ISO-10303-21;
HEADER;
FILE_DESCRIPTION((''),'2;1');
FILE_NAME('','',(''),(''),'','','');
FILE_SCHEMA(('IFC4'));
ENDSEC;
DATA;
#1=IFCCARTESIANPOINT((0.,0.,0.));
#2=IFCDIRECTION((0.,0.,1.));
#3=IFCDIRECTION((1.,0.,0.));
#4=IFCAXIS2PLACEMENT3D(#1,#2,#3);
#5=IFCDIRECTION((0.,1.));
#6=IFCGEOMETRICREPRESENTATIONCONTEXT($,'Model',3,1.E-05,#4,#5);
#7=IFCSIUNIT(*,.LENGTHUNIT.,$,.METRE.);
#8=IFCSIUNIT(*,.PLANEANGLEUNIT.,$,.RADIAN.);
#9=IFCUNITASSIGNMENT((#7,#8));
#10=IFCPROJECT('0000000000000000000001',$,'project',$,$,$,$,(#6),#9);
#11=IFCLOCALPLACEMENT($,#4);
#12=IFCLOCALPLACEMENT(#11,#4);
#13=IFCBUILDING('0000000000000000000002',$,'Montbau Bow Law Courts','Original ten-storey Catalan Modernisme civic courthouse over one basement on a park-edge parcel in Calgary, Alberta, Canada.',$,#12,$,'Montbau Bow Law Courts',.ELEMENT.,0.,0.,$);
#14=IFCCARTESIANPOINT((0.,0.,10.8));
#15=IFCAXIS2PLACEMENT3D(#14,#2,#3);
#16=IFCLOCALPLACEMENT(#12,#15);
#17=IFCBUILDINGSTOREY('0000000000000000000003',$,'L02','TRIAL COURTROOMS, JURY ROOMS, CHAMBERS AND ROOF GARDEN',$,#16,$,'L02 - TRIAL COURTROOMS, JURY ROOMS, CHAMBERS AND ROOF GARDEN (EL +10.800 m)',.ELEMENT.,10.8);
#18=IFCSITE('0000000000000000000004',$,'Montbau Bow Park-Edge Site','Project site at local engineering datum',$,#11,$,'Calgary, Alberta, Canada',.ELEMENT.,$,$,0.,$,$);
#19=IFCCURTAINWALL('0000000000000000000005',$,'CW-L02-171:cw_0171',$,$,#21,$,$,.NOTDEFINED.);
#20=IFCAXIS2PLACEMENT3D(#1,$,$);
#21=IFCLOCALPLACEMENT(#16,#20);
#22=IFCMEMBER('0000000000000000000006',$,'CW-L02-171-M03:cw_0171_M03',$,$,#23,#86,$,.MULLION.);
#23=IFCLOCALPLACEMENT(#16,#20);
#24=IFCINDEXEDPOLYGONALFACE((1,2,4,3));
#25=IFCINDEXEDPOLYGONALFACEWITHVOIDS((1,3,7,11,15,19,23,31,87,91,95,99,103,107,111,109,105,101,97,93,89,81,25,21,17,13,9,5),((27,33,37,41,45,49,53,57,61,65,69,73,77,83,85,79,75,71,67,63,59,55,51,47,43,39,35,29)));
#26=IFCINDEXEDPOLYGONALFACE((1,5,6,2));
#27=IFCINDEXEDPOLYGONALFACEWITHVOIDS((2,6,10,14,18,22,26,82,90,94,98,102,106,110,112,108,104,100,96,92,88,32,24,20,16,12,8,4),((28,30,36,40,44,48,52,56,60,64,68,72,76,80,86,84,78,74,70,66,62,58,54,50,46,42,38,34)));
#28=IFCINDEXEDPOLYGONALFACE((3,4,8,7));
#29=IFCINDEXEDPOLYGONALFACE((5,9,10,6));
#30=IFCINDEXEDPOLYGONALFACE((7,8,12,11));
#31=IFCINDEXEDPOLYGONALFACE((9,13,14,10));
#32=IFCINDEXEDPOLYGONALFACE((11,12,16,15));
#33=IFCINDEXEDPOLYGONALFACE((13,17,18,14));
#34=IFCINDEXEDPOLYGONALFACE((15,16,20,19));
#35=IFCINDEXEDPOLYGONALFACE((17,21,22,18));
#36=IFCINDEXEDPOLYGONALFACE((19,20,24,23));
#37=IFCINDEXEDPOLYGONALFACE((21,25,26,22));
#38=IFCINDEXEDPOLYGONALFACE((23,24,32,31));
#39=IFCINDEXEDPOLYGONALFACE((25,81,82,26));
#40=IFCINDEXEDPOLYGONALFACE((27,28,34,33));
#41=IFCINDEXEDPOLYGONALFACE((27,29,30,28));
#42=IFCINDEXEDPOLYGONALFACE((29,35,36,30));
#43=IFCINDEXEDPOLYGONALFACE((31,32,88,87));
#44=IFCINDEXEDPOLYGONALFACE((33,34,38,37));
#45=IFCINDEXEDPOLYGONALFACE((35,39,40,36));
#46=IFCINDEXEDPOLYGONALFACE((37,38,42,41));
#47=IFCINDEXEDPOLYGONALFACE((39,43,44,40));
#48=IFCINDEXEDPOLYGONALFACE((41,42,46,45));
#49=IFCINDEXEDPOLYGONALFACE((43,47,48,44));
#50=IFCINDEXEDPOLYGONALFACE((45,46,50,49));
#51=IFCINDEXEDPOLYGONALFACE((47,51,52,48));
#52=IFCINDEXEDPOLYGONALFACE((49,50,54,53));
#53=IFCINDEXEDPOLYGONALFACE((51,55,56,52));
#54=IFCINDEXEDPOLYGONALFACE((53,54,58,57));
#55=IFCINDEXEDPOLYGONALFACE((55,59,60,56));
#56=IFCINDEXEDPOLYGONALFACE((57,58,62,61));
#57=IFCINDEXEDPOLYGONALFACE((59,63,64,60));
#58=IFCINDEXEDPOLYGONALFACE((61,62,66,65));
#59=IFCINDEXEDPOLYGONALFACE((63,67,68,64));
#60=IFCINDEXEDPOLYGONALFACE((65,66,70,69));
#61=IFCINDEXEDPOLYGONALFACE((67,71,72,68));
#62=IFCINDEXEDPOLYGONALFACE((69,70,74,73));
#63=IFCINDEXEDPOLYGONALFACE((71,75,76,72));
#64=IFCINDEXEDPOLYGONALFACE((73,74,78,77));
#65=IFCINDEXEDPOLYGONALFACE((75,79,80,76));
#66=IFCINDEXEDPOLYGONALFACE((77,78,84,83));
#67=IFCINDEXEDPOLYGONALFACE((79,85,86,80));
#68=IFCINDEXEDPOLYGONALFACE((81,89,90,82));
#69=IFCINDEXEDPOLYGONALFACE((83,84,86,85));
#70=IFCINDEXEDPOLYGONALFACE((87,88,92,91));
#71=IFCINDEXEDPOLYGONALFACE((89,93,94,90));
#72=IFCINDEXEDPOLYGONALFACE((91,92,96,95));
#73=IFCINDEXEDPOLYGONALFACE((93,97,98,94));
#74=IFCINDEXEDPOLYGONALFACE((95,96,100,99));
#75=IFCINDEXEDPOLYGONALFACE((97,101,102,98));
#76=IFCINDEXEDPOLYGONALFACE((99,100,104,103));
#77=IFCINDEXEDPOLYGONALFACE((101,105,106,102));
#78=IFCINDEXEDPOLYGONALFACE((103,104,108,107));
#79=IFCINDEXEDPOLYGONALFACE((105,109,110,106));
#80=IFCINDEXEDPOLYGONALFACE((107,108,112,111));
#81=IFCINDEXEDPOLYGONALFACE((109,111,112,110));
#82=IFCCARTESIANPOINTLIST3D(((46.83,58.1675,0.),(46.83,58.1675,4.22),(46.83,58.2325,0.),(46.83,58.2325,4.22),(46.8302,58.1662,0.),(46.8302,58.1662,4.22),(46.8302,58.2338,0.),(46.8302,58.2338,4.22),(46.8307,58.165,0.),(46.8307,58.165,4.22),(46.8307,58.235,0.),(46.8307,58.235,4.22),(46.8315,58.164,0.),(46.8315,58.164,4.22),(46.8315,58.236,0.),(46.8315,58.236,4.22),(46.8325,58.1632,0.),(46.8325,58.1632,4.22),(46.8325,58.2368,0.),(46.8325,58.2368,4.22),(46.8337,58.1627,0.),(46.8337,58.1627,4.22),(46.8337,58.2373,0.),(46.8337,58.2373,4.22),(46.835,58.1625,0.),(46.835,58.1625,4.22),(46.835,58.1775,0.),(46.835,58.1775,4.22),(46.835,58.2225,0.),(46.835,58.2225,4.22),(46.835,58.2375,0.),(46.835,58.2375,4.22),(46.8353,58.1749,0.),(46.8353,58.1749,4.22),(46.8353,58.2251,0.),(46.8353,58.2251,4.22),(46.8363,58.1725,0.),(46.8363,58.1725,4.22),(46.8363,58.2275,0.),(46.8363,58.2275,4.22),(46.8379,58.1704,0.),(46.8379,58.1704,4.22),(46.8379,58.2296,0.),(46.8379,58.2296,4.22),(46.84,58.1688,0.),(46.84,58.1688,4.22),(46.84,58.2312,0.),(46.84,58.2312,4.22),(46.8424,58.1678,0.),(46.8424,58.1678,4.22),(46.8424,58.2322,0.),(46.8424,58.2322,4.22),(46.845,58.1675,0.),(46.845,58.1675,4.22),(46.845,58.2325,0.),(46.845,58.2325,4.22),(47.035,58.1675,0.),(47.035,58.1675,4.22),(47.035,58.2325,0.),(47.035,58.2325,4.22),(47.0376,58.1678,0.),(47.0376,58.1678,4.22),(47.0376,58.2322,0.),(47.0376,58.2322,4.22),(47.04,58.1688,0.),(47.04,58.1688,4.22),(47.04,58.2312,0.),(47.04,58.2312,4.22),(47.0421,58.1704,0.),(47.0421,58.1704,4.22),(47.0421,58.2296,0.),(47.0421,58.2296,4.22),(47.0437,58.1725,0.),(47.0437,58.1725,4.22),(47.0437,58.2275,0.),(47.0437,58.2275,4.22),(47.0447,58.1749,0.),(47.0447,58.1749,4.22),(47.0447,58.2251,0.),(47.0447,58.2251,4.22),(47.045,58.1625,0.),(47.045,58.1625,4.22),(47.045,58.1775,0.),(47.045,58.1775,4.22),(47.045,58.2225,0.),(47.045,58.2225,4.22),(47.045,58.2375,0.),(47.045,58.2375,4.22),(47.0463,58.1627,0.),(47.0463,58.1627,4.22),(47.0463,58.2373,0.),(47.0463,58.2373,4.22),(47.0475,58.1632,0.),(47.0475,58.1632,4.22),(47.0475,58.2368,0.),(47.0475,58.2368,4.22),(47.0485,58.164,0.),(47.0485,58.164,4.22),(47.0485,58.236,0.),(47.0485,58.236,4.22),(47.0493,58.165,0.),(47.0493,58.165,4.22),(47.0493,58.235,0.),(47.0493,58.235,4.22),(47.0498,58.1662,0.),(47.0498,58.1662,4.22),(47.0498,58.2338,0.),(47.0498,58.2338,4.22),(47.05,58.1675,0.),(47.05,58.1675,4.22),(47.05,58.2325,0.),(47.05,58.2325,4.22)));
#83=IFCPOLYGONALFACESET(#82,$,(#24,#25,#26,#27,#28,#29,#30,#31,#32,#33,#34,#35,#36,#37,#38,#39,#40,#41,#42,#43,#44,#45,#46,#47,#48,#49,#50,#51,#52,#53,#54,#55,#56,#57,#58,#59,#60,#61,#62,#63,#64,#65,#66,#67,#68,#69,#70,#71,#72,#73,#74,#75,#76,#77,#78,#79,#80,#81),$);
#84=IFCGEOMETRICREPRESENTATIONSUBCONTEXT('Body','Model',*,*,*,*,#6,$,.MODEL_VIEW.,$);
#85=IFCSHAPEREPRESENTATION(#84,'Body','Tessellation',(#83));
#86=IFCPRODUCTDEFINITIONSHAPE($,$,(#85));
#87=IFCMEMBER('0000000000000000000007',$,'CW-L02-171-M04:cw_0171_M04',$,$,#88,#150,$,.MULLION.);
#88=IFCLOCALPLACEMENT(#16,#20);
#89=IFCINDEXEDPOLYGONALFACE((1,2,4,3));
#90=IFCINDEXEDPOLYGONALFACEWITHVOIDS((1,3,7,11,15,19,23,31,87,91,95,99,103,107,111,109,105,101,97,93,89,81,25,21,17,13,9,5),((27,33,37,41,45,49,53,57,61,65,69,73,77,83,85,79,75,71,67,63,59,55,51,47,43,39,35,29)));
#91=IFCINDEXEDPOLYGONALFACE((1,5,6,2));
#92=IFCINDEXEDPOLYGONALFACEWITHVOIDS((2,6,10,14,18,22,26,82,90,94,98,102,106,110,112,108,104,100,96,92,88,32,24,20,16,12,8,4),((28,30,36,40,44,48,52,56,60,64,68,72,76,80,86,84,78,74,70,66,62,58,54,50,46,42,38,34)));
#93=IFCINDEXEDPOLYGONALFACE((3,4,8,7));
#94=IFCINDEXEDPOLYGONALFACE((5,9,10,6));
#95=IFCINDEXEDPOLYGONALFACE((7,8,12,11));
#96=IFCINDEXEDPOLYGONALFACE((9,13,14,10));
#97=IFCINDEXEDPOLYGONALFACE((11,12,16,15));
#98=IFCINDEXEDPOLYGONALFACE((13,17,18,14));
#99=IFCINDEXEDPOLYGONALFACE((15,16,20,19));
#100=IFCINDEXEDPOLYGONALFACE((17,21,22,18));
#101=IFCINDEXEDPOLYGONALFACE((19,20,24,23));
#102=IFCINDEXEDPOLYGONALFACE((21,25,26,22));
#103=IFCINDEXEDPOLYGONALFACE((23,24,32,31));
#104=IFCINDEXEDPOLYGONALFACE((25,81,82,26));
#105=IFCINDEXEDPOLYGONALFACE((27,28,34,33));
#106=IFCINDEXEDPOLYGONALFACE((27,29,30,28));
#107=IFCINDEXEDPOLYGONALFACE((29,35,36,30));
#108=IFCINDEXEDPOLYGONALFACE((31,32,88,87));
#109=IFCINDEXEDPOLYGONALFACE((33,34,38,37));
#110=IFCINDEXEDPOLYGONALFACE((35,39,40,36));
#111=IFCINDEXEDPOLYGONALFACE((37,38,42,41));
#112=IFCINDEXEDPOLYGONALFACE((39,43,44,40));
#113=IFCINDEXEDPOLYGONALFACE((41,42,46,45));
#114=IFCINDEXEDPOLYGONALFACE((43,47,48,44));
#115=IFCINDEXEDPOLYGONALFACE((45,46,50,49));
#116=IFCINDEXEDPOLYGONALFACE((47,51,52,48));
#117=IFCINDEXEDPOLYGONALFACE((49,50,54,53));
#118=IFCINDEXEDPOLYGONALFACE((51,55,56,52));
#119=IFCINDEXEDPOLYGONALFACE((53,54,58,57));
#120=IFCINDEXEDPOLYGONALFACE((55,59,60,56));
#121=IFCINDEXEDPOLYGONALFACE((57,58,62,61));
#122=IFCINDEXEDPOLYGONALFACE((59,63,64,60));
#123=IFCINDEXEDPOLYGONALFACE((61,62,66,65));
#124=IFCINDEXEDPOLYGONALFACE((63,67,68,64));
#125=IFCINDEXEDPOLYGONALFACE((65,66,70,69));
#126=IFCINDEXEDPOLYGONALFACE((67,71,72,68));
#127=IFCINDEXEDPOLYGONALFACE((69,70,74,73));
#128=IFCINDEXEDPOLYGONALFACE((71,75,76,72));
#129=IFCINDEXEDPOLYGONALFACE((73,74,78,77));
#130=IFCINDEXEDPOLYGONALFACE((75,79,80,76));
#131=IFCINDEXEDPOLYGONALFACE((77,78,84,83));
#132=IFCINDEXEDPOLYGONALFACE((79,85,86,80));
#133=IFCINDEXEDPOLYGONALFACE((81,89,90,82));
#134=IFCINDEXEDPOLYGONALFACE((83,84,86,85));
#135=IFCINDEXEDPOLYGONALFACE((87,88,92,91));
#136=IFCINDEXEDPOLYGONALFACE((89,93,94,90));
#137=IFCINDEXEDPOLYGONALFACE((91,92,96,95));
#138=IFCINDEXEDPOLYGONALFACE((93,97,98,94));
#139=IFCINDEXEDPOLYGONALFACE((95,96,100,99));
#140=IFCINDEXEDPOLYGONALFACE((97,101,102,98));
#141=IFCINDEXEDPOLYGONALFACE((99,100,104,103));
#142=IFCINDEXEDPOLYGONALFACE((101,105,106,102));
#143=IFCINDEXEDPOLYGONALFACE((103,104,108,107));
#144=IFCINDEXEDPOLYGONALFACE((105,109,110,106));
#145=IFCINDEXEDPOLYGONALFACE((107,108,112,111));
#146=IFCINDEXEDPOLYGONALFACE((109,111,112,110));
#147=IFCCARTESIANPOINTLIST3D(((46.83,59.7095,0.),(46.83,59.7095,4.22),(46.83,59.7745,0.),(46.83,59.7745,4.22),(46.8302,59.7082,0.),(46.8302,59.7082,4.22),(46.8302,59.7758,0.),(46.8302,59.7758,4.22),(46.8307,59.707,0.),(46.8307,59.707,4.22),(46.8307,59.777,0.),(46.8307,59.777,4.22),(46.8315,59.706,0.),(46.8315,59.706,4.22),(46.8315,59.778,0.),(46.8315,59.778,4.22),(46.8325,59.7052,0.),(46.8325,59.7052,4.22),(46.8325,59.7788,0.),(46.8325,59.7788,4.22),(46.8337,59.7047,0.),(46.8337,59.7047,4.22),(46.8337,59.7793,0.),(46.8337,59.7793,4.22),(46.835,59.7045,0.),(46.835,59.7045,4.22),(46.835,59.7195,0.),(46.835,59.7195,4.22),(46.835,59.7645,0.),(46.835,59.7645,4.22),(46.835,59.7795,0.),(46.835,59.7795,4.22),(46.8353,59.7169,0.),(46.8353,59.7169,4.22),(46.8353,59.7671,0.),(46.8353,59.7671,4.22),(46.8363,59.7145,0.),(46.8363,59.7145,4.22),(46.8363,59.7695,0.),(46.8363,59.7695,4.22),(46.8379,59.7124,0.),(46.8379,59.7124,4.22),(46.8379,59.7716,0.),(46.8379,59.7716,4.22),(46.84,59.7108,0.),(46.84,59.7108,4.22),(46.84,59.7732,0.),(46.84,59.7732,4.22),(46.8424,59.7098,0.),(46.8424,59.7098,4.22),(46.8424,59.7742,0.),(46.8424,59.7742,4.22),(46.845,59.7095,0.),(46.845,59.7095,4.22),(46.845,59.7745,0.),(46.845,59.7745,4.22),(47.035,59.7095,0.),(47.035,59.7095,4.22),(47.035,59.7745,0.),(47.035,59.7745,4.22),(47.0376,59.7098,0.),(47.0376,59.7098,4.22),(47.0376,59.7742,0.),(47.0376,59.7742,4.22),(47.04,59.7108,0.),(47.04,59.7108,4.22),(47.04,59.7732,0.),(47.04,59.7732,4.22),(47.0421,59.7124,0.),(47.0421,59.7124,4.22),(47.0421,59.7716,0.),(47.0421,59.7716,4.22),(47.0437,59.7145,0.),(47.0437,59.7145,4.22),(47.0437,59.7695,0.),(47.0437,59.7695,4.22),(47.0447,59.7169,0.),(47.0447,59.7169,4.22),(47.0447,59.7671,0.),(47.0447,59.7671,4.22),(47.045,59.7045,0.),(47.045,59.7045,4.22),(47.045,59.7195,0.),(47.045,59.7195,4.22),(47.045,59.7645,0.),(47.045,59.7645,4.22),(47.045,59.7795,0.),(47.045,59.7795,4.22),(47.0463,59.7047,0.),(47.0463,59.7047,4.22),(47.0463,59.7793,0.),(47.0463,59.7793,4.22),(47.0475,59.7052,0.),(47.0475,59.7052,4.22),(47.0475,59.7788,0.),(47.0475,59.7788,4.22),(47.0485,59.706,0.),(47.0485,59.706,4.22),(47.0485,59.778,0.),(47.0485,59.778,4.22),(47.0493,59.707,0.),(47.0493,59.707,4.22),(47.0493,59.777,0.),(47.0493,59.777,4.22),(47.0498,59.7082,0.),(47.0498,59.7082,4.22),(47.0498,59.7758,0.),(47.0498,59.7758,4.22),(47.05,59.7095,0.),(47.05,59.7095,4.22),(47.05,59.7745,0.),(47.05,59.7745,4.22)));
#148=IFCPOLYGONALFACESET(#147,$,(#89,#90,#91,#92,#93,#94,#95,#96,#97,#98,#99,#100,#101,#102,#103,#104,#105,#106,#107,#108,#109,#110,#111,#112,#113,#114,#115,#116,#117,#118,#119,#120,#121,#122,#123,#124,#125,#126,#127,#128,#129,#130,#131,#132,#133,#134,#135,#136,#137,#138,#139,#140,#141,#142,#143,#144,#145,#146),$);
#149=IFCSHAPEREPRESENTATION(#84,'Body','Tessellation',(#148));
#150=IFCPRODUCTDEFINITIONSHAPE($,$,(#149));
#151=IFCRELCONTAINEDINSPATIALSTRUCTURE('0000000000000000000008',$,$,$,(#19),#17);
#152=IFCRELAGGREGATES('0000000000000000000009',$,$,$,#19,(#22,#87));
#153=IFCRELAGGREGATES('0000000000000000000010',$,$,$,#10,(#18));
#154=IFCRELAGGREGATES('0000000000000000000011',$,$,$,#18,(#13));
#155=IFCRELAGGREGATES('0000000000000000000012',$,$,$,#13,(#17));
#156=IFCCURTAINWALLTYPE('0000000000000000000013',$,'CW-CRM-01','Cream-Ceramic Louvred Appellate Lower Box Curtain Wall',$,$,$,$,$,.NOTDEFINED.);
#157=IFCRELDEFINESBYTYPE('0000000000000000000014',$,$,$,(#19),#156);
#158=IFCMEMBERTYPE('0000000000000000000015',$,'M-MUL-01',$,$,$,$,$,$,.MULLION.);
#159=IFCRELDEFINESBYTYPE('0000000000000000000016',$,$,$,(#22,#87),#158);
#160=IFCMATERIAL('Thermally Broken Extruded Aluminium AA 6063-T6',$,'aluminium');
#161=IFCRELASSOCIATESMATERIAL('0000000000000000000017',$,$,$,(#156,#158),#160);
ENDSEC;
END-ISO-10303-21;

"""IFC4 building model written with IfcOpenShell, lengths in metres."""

from ifc_helpers import new_model, si_unit, direction, frame, origin_with_axes, origin_2d_with_axis, place, context, subcontext, project, spatial, hollow_rectangle, extrude, material, material_profile, profile_set, type_object, element, aggregate, save


model = new_model("IFC4")

# Units and contexts
model_context = context("Model", 3, precision=1e-05, world=origin_with_axes(), true_north=direction((0.0, 1.0)))
body_context = subcontext(model_context, "Body", "Model", "MODEL_VIEW")
ifc_project = project(units=[si_unit("LENGTHUNIT", "METRE"), si_unit("PLANEANGLEUNIT", "RADIAN")], contexts=[model_context])

# Site, building, storey
site_placement = place(None, origin_with_axes())
site = spatial("IfcSite", under=ifc_project, at=site_placement, Name="Montbau Bow Park-Edge Site", Description="Project site at local engineering datum", LongName="Calgary, Alberta, Canada", CompositionType="ELEMENT", RefElevation=0.0)
building_placement = place(site_placement, origin_with_axes())
building = spatial("IfcBuilding", under=site, at=building_placement, Name="Montbau Bow Law Courts", Description="Original ten-storey Catalan Modernisme civic courthouse over one basement on a park-edge parcel in Calgary, Alberta, Canada.", LongName="Montbau Bow Law Courts", CompositionType="ELEMENT", ElevationOfRefHeight=0.0, ElevationOfTerrain=0.0)
storey_placement = place(building_placement, frame((0.0, 0.0, 10.8), z_axis=(0.0, 0.0, 1.0), x_axis=(1.0, 0.0, 0.0)))
storey = spatial("IfcBuildingStorey", under=building, at=storey_placement, Name="L02", Description="TRIAL COURTROOMS, JURY ROOMS, CHAMBERS AND ROOF GARDEN", LongName="L02 - TRIAL COURTROOMS, JURY ROOMS, CHAMBERS AND ROOF GARDEN (EL +10.800 m)", CompositionType="ELEMENT", Elevation=10.8)

# Curtain wall, members
ifc_material_1 = material(Name="Thermally Broken Extruded Aluminium AA 6063-T6", Category="aluminium")
curtain_wall_type = type_object("IfcCurtainWallType", Name="CW-CRM-01", Description="Cream-Ceramic Louvred Appellate Lower Box Curtain Wall", PredefinedType="NOTDEFINED", material=ifc_material_1)
curtain_wall_placement = place(None, frame((46.94, 55.115, 10.8), z_axis=(0.0, 0.0, 1.0), x_axis=(1.0, 0.0, 0.0)))
curtain_wall = element("IfcCurtainWall", 1, at=curtain_wall_placement, inside=storey, type_object=curtain_wall_type, Name="CW-L02-171:cw_0171", PredefinedType="NOTDEFINED")
ifc_material_profile_1 = material_profile(ifc_material_1, hollow_rectangle(XDim=0.075, YDim=0.22, WallThickness=0.005, InnerFilletRadius=0.01, OuterFilletRadius=0.005, at=origin_2d_with_axis()), Name="CWM-220X75", Category="Main", Priority=0)
ifc_profile_set_1 = profile_set([ifc_material_profile_1], Name="Thermally Broken Extruded Aluminium AA 6063-T6")
member_type_1 = type_object("IfcMemberType", Name="M-MUL-01", PredefinedType="MULLION", material=ifc_profile_set_1)
member_1_placement = place(None, frame((46.94, 58.2, 10.8), z_axis=(0.0, 0.0, 1.0), x_axis=(0.0, 1.0, 0.0)))
member_1 = element("IfcMember", 2, at=member_1_placement, type_object=member_type_1, Name="CW-L02-171-M03:cw_0171_M03", PredefinedType="MULLION", context=body_context, shape_type="SweptSolid", body=[
    extrude(hollow_rectangle(XDim=0.075, YDim=0.22, WallThickness=0.005, InnerFilletRadius=0.01, OuterFilletRadius=0.005, at=origin_2d_with_axis()), origin_with_axes(), (0.0, 0.0, 1.0), 4.22),
])
member_2_placement = place(None, frame((46.94, 59.742, 10.8), z_axis=(0.0, 0.0, 1.0), x_axis=(0.0, 1.0, 0.0)))
member_2 = element("IfcMember", 3, at=member_2_placement, type_object=member_type_1, Name="CW-L02-171-M04:cw_0171_M04", PredefinedType="MULLION", context=body_context, shape_type="SweptSolid", body=[
    extrude(hollow_rectangle(XDim=0.075, YDim=0.22, WallThickness=0.005, InnerFilletRadius=0.01, OuterFilletRadius=0.005, at=origin_2d_with_axis()), origin_with_axes(), (0.0, 0.0, 1.0), 4.22),
])
aggregate(curtain_wall, [member_1, member_2])

save(model, "model.ifc")
